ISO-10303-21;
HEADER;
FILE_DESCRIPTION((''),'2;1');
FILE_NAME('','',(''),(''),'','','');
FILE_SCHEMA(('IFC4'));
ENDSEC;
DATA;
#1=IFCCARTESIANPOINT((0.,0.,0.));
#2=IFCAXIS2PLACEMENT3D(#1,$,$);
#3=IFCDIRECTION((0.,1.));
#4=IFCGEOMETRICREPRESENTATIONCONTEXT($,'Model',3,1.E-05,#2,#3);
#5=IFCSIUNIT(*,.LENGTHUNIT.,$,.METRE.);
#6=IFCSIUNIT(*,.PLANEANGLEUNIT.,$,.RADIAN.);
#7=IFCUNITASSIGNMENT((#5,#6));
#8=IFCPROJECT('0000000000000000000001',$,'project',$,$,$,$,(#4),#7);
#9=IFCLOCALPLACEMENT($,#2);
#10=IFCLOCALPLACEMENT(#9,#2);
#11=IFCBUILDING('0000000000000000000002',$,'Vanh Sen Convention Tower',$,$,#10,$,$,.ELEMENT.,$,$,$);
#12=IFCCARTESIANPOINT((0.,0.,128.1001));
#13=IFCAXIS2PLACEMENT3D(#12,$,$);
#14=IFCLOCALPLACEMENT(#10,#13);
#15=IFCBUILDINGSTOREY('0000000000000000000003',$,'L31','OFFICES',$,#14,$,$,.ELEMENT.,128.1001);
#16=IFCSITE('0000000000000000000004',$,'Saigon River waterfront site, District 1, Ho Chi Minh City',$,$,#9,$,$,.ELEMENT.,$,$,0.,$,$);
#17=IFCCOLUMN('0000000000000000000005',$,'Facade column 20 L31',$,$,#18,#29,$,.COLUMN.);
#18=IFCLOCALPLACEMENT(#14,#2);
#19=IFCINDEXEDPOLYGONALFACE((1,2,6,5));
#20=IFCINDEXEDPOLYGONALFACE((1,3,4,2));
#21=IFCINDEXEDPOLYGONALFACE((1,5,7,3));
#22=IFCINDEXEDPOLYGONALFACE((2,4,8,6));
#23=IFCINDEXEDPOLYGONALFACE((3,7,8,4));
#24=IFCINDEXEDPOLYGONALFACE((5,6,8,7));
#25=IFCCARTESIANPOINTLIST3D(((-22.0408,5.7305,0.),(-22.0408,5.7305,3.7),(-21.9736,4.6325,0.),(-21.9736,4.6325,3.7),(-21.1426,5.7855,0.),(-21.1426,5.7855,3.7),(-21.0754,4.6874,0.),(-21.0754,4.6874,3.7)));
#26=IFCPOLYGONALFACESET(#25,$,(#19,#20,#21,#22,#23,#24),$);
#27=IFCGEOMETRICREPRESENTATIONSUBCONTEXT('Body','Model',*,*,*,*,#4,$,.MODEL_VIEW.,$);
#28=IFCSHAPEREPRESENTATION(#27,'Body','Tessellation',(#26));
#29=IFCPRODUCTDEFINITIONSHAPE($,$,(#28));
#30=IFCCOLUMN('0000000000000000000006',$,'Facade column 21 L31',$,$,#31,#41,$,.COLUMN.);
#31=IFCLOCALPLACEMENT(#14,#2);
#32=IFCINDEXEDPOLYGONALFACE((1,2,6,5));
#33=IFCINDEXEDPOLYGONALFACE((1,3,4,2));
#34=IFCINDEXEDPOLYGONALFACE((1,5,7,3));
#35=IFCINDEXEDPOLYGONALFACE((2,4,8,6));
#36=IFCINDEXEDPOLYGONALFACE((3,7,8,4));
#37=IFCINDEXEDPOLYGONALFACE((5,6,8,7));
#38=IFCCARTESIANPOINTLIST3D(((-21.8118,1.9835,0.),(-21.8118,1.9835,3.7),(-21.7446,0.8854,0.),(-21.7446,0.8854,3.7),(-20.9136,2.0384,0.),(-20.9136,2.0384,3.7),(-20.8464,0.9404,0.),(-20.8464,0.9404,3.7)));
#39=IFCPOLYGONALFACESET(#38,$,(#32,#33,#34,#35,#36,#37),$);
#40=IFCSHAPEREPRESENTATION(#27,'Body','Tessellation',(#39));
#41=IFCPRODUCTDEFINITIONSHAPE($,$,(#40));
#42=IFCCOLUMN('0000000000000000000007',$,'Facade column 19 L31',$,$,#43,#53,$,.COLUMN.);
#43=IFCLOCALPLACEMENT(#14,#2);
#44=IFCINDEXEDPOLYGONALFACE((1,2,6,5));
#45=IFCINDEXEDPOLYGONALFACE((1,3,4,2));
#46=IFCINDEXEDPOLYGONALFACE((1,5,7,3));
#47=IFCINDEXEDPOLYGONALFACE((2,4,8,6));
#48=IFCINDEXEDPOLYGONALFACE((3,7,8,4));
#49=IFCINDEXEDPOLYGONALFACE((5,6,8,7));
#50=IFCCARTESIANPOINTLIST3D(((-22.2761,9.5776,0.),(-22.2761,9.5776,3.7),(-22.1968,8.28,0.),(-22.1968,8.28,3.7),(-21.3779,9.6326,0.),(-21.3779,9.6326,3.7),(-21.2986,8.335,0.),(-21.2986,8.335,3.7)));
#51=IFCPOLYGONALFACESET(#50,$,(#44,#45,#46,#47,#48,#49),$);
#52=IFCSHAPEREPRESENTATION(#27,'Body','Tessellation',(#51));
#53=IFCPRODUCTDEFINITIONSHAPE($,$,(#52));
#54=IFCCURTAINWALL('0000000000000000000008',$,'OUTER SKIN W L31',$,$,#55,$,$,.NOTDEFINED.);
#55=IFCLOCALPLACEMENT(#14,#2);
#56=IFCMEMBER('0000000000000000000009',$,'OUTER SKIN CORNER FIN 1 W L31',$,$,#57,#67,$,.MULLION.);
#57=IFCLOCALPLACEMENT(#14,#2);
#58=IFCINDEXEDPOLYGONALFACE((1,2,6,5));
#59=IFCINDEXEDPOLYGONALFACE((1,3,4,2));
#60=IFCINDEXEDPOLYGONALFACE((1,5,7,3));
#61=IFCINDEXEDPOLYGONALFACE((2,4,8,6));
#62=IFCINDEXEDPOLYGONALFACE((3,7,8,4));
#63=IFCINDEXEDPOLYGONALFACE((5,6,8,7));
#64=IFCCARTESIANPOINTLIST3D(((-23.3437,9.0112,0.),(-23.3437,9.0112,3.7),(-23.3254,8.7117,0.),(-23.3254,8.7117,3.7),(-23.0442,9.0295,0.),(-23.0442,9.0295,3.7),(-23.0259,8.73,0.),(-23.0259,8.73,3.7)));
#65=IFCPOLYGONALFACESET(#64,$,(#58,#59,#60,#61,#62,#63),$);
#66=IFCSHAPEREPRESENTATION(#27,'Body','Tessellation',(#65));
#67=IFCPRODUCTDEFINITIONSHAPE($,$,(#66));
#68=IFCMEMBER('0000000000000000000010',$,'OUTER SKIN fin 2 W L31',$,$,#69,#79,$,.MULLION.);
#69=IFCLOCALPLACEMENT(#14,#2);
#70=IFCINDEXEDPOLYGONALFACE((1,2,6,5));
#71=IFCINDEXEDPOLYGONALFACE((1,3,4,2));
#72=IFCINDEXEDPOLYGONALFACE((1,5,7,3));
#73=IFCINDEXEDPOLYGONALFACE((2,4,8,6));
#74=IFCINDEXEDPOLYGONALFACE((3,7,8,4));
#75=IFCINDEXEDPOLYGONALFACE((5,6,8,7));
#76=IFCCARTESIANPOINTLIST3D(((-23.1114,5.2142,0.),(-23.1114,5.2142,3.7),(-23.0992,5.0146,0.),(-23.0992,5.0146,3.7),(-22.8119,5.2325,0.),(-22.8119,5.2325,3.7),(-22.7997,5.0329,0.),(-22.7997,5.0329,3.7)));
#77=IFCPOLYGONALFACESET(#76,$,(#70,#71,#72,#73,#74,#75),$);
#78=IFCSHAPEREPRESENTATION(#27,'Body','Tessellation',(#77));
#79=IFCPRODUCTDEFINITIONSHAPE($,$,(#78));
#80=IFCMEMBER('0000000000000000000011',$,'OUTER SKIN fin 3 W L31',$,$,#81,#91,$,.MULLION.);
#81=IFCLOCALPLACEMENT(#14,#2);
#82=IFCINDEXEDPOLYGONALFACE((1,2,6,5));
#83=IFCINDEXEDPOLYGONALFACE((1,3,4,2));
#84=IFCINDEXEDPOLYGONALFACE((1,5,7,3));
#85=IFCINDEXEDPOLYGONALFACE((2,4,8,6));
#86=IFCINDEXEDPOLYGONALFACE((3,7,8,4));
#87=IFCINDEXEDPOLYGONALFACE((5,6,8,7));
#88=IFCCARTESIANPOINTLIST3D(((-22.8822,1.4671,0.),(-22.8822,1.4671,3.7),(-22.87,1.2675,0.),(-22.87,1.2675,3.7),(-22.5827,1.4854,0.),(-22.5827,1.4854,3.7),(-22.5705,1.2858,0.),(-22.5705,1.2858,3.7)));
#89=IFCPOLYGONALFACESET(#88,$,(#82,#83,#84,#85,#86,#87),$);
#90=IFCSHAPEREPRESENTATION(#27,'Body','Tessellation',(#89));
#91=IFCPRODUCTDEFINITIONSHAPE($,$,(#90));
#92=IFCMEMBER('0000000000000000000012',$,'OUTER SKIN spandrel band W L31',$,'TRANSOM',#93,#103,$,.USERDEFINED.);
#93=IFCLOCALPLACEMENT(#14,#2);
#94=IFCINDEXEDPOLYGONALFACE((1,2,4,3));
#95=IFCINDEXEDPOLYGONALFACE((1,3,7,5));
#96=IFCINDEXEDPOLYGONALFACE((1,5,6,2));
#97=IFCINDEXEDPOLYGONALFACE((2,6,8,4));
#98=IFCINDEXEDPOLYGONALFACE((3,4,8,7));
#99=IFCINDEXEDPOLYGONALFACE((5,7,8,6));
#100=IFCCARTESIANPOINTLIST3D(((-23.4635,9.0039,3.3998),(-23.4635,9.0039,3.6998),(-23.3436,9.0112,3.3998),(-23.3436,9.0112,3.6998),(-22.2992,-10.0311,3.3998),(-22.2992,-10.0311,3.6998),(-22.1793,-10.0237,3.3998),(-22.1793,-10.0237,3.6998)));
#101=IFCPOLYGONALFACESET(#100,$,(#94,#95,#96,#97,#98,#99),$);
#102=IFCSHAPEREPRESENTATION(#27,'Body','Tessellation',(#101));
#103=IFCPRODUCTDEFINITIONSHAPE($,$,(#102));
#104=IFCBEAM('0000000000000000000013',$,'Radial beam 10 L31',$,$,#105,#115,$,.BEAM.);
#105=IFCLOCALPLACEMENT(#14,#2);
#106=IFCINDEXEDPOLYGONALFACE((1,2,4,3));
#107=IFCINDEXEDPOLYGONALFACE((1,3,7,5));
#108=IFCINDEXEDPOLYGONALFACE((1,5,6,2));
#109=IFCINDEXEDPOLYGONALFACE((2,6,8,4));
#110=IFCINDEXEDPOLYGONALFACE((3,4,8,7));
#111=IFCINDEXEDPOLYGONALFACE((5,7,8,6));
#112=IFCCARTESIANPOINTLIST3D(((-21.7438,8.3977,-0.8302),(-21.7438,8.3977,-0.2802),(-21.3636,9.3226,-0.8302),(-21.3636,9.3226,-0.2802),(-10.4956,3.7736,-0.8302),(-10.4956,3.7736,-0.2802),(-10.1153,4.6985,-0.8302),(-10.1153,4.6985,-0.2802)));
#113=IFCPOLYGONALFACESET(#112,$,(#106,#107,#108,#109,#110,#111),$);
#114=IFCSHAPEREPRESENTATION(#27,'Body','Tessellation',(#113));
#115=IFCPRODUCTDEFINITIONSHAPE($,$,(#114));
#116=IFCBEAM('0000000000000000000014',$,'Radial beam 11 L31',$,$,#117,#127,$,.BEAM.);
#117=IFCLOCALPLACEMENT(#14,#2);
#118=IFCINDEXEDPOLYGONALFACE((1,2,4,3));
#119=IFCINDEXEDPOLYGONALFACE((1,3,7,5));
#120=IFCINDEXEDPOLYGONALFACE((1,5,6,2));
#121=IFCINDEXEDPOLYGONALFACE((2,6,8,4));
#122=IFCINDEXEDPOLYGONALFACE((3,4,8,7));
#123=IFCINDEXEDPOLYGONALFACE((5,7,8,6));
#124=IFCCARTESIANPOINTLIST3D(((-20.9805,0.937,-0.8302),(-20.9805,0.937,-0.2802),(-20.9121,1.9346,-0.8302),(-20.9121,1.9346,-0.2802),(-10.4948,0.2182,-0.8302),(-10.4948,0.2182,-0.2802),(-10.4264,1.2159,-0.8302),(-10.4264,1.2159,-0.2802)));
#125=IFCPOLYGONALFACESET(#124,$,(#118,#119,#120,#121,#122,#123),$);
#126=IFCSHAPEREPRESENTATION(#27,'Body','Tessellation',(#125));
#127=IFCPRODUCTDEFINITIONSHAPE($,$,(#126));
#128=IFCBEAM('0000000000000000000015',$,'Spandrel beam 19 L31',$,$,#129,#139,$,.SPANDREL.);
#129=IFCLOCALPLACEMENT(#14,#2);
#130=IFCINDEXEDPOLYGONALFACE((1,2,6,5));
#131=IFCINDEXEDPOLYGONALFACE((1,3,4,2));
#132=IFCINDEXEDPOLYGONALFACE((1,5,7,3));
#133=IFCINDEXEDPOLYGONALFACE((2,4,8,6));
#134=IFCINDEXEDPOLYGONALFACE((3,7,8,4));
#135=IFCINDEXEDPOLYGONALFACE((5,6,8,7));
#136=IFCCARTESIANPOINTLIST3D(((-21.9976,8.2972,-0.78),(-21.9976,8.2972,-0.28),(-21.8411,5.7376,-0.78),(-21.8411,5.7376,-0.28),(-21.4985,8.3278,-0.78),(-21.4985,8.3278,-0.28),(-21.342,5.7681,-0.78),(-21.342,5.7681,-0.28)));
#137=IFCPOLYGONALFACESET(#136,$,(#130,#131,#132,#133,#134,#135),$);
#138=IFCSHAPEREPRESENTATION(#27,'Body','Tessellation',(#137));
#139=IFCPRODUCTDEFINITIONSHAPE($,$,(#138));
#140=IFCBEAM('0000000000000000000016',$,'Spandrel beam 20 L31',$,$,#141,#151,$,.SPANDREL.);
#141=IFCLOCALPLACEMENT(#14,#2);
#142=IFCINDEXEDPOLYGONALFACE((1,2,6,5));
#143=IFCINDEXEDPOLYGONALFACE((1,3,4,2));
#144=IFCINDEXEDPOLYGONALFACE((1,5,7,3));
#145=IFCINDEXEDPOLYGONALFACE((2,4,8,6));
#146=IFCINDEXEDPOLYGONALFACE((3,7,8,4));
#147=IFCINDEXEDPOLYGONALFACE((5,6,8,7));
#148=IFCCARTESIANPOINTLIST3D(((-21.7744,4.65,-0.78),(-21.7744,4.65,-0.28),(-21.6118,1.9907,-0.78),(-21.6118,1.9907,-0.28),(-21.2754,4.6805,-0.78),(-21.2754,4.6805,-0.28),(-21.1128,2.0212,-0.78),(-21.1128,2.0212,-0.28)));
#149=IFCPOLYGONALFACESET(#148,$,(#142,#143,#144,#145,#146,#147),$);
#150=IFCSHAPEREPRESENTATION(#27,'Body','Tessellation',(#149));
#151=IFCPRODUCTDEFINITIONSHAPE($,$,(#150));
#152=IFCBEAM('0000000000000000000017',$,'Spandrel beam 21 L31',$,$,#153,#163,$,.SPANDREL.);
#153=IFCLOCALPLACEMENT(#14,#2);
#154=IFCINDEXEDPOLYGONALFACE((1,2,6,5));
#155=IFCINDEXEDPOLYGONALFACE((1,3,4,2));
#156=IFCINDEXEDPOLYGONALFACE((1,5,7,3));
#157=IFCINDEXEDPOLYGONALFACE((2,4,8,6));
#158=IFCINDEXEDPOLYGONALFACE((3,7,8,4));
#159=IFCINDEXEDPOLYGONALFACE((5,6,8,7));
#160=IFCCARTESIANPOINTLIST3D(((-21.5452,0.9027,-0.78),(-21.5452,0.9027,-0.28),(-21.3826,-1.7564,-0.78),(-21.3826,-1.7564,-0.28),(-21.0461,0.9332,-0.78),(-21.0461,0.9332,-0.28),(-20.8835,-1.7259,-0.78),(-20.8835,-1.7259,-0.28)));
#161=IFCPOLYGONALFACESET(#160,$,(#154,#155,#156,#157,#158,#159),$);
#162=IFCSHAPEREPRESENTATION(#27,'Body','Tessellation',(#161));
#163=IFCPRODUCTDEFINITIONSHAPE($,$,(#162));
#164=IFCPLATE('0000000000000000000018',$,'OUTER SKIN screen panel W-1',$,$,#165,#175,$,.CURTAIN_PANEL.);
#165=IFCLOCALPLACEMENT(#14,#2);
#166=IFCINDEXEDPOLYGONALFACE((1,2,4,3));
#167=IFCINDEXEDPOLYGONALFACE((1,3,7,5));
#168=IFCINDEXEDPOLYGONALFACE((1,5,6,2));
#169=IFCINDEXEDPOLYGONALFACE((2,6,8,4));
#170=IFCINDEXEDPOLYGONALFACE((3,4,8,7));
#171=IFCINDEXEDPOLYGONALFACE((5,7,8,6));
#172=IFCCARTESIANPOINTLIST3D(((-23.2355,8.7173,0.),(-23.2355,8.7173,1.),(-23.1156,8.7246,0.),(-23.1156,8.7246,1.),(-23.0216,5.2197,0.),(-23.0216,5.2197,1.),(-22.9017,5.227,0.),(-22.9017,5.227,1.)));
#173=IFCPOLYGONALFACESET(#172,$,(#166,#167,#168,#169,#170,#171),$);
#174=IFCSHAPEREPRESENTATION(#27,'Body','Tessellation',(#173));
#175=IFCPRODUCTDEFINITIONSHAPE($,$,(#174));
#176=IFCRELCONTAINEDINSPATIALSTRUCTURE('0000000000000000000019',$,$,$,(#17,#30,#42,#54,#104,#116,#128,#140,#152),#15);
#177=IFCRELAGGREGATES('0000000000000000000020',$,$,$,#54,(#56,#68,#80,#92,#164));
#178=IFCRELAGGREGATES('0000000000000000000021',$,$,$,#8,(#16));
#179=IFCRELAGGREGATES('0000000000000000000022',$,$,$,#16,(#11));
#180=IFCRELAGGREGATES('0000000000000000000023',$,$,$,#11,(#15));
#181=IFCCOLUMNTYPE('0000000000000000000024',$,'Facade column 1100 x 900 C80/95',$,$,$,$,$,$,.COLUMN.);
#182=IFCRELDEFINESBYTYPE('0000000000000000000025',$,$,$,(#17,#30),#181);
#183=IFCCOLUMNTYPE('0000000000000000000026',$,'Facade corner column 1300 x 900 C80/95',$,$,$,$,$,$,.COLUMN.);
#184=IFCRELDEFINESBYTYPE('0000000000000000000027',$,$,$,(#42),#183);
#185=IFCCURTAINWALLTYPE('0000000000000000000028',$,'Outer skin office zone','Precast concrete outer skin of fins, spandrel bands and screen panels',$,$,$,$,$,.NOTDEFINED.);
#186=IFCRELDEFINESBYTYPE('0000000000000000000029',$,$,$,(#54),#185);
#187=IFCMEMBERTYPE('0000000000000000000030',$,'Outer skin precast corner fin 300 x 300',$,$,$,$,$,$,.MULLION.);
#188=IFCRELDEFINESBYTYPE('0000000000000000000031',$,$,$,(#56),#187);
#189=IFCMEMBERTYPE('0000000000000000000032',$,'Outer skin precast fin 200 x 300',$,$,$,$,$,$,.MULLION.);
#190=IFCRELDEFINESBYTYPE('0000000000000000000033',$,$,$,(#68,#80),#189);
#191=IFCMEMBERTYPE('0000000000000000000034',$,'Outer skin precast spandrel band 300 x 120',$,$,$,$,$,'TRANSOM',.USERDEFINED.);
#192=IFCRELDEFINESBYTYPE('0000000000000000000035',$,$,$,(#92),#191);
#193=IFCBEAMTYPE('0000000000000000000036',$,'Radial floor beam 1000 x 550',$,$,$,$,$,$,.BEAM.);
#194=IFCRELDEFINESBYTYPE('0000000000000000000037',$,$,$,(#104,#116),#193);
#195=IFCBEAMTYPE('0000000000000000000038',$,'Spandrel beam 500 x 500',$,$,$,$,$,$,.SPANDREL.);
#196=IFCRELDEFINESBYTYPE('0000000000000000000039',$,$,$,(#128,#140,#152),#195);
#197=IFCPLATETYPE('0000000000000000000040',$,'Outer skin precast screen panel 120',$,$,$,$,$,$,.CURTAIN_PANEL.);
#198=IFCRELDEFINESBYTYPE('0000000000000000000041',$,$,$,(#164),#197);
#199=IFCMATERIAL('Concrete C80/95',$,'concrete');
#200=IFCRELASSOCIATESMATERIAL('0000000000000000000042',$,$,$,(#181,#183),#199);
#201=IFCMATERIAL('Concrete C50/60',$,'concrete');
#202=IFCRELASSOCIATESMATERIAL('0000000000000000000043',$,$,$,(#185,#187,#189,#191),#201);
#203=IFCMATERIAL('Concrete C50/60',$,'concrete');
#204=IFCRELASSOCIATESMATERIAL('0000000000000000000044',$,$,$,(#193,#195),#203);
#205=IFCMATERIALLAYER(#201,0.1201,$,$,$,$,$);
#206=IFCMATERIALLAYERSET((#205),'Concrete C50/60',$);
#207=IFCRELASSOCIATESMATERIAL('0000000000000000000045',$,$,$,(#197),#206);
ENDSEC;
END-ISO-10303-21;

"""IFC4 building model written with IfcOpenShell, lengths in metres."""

from ifc_helpers import new_model, si_unit, direction, frame, origin, origin_2d, place, context, subcontext, project, spatial, rectangle, extrude, material, layer, layer_set, material_profile, profile_set, type_object, element, aggregate, save


model = new_model("IFC4")

# Units and contexts
model_context = context("Model", 3, precision=1e-05, world=origin(), true_north=direction((0.0, 1.0)))
body_context = subcontext(model_context, "Body", "Model", "MODEL_VIEW")
ifc_project = project(units=[si_unit("LENGTHUNIT", "METRE"), si_unit("PLANEANGLEUNIT", "RADIAN")], contexts=[model_context])

# Site, building, storey
site_placement = place(None, origin())
site = spatial("IfcSite", under=ifc_project, at=site_placement, Name="Saigon River waterfront site, District 1, Ho Chi Minh City", CompositionType="ELEMENT", RefElevation=0.0)
building_placement = place(site_placement, origin())
building = spatial("IfcBuilding", under=site, at=building_placement, Name="Vanh Sen Convention Tower", CompositionType="ELEMENT")
storey_placement = place(building_placement, frame((0.0, 0.0, 128.1001)))
storey = spatial("IfcBuildingStorey", under=building, at=storey_placement, Name="L31", Description="OFFICES", CompositionType="ELEMENT", Elevation=128.1001)

# Columns
ifc_material_1 = material(Name="Concrete C80/95", Category="concrete")
ifc_material_profile_1 = material_profile(ifc_material_1, rectangle(XDim=1.1001, YDim=0.8999, at=origin_2d()), Name="RC 1100X900")
ifc_profile_set_1 = profile_set([ifc_material_profile_1], Name="Concrete C80/95")
column_type_1 = type_object("IfcColumnType", Name="Facade column 1100 x 900 C80/95", PredefinedType="COLUMN", material=ifc_profile_set_1)
for number, where, z_axis, x_axis, name in (
    (1, (-21.5581, 5.209, 0.0), (0.0, 0.0, 1.0), (0.061049, -0.998135, 0.0), "Facade column 20 L31"),
    (2, (-21.3291, 1.4619, 0.0), (0.0, 0.0, 1.0), (0.061049, -0.998135, 0.0), "Facade column 21 L31"),
):
    element("IfcColumn", number, at=place(storey_placement, frame(where, z_axis=z_axis, x_axis=x_axis)), inside=storey, type_object=column_type_1, Name=name, PredefinedType="COLUMN", context=body_context, shape_type="SweptSolid", body=[
        extrude(rectangle(XDim=1.1001, YDim=0.8999, at=origin_2d()), origin(), (0.0, 0.0, 1.0), 3.7),
    ])
ifc_material_profile_2 = material_profile(ifc_material_1, rectangle(XDim=1.3, YDim=0.8999, at=origin_2d()), Name="RC 1300X900")
ifc_profile_set_2 = profile_set([ifc_material_profile_2], Name="Concrete C80/95")
column_type_2 = type_object("IfcColumnType", Name="Facade corner column 1300 x 900 C80/95", PredefinedType="COLUMN", material=ifc_profile_set_2)
column_placement = place(storey_placement, frame((-21.7874, 8.9563, 0.0), z_axis=(0.0, 0.0, 1.0), x_axis=(0.061049, -0.998135, 0.0)))
element("IfcColumn", 3, at=column_placement, inside=storey, type_object=column_type_2, Name="Facade column 19 L31", PredefinedType="COLUMN", context=body_context, shape_type="SweptSolid", body=[
    extrude(rectangle(XDim=1.3, YDim=0.8999, at=origin_2d()), origin(), (0.0, 0.0, 1.0), 3.7),
])

# Curtain wall, members
ifc_material_2 = material(Name="Concrete C50/60", Category="concrete")
curtain_wall_type = type_object("IfcCurtainWallType", Name="Outer skin office zone", Description="Precast concrete outer skin of fins, spandrel bands and screen panels", PredefinedType="NOTDEFINED", material=ifc_material_2)
curtain_wall_placement = place(storey_placement, origin())
curtain_wall = element("IfcCurtainWall", 4, at=curtain_wall_placement, inside=storey, type_object=curtain_wall_type, Name="OUTER SKIN W L31", PredefinedType="NOTDEFINED")
ifc_material_profile_3 = material_profile(ifc_material_2, rectangle(XDim=0.3, YDim=0.3, at=origin_2d()), Name="Outer skin precast corner fin 300 x 300")
ifc_profile_set_3 = profile_set([ifc_material_profile_3], Name="Concrete C50/60")
member_type_1 = type_object("IfcMemberType", Name="Outer skin precast corner fin 300 x 300", PredefinedType="MULLION", material=ifc_profile_set_3)
member_1_placement = place(storey_placement, frame((-23.1848, 8.8706, 0.0), z_axis=(0.0, 0.0, 1.0), x_axis=(0.061049, -0.998135, 0.0)))
member_1 = element("IfcMember", 5, at=member_1_placement, type_object=member_type_1, Name="OUTER SKIN CORNER FIN 1 W L31", PredefinedType="MULLION", context=body_context, shape_type="SweptSolid", body=[
    extrude(rectangle(XDim=0.3, YDim=0.3, at=origin_2d()), origin(), (0.0, 0.0, 1.0), 3.7),
])
ifc_material_profile_4 = material_profile(ifc_material_2, rectangle(XDim=0.2, YDim=0.3, at=origin_2d()), Name="Outer skin precast fin 200 x 300")
ifc_profile_set_4 = profile_set([ifc_material_profile_4], Name="Concrete C50/60")
member_type_2 = type_object("IfcMemberType", Name="Outer skin precast fin 200 x 300", PredefinedType="MULLION", material=ifc_profile_set_4)
member_2_placement = place(storey_placement, frame((-22.9556, 5.1235, 0.0), z_axis=(0.0, 0.0, 1.0), x_axis=(0.061049, -0.998135, 0.0)))
member_2 = element("IfcMember", 6, at=member_2_placement, type_object=member_type_2, Name="OUTER SKIN fin 2 W L31", PredefinedType="MULLION", context=body_context, shape_type="SweptSolid", body=[
    extrude(rectangle(XDim=0.2, YDim=0.3, at=origin_2d()), origin(), (0.0, 0.0, 1.0), 3.7),
])
member_3_placement = place(storey_placement, frame((-22.7263, 1.3765, 0.0), z_axis=(0.0, 0.0, 1.0), x_axis=(0.061049, -0.998135, 0.0)))
member_3 = element("IfcMember", 7, at=member_3_placement, type_object=member_type_2, Name="OUTER SKIN fin 3 W L31", PredefinedType="MULLION", context=body_context, shape_type="SweptSolid", body=[
    extrude(rectangle(XDim=0.2, YDim=0.3, at=origin_2d()), origin(), (0.0, 0.0, 1.0), 3.7),
])
ifc_material_profile_5 = material_profile(ifc_material_2, rectangle(XDim=0.1201, YDim=0.3, at=origin_2d()), Name="Outer skin precast spandrel band 300 x 120")
ifc_profile_set_5 = profile_set([ifc_material_profile_5], Name="Concrete C50/60")
member_type_3 = type_object("IfcMemberType", Name="Outer skin precast spandrel band 300 x 120", ElementType="TRANSOM", PredefinedType="USERDEFINED", material=ifc_profile_set_5)
member_4_placement = place(storey_placement, frame((-23.4036, 9.0076, 3.5498), z_axis=(0.061053, -0.998135, 0.0), x_axis=(0.998135, 0.061053, 0.0)))
member_4 = element("IfcMember", 8, at=member_4_placement, type_object=member_type_3, Name="OUTER SKIN spandrel band W L31", ObjectType="TRANSOM", PredefinedType="USERDEFINED", context=body_context, shape_type="SweptSolid", body=[
    extrude(rectangle(XDim=0.1201, YDim=0.3, at=origin_2d()), origin(), (0.0, 0.0, 1.0), 19.0706),
])

# Beams
ifc_material_3 = material(Name="Concrete C50/60", Category="concrete")
ifc_material_profile_6 = material_profile(ifc_material_3, rectangle(XDim=1.0, YDim=0.55, at=origin_2d()), Name="RC 1000X550")
ifc_profile_set_6 = profile_set([ifc_material_profile_6], Name="Concrete C50/60")
beam_type_1 = type_object("IfcBeamType", Name="Radial floor beam 1000 x 550", PredefinedType="BEAM", material=ifc_profile_set_6)
beam_1_placement = place(storey_placement, frame((-21.5537, 8.8601, -0.5552), z_axis=(0.924899, -0.380214, 0.0), x_axis=(0.380214, 0.924899, 0.0)))
element("IfcBeam", 9, at=beam_1_placement, inside=storey, type_object=beam_type_1, Name="Radial beam 10 L31", PredefinedType="BEAM", context=body_context, shape_type="SweptSolid", body=[
    extrude(rectangle(XDim=1.0, YDim=0.55, at=origin_2d()), origin(), (0.0, 0.0, 1.0), 12.1616),
])
beam_2_placement = place(storey_placement, frame((-20.9463, 1.4358, -0.5552), z_axis=(0.997659, -0.068386, 0.0), x_axis=(0.068386, 0.997659, 0.0)))
element("IfcBeam", 10, at=beam_2_placement, inside=storey, type_object=beam_type_1, Name="Radial beam 11 L31", PredefinedType="BEAM", context=body_context, shape_type="SweptSolid", body=[
    extrude(rectangle(XDim=1.0, YDim=0.55, at=origin_2d()), origin(), (0.0, 0.0, 1.0), 10.5103),
])
ifc_material_profile_7 = material_profile(ifc_material_3, rectangle(XDim=0.5, YDim=0.5, at=origin_2d()), Name="RC 500X500")
ifc_profile_set_7 = profile_set([ifc_material_profile_7], Name="Concrete C50/60")
beam_type_2 = type_object("IfcBeamType", Name="Spandrel beam 500 x 500", PredefinedType="SPANDREL", material=ifc_profile_set_7)
beam_3_placement = place(storey_placement, frame((-21.748, 8.3125, -0.53), z_axis=(0.061027, -0.998136, 0.0), x_axis=(0.998136, 0.061027, 0.0)))
element("IfcBeam", 11, at=beam_3_placement, inside=storey, type_object=beam_type_2, Name="Spandrel beam 19 L31", PredefinedType="SPANDREL", context=body_context, shape_type="SweptSolid", body=[
    extrude(rectangle(XDim=0.5, YDim=0.5, at=origin_2d()), origin(), (0.0, 0.0, 1.0), 2.5645),
])
beam_4_placement = place(storey_placement, frame((-21.5249, 4.6653, -0.53), z_axis=(0.061026, -0.998136, 0.0), x_axis=(0.998136, 0.061026, 0.0)))
element("IfcBeam", 12, at=beam_4_placement, inside=storey, type_object=beam_type_2, Name="Spandrel beam 20 L31", PredefinedType="SPANDREL", context=body_context, shape_type="SweptSolid", body=[
    extrude(rectangle(XDim=0.5, YDim=0.5, at=origin_2d()), origin(), (0.0, 0.0, 1.0), 2.6643),
])
beam_5_placement = place(storey_placement, frame((-21.2957, 0.918, -0.53), z_axis=(0.061032, -0.998136, 0.0), x_axis=(0.998136, 0.061032, 0.0)))
element("IfcBeam", 13, at=beam_5_placement, inside=storey, type_object=beam_type_2, Name="Spandrel beam 21 L31", PredefinedType="SPANDREL", context=body_context, shape_type="SweptSolid", body=[
    extrude(rectangle(XDim=0.5, YDim=0.5, at=origin_2d()), origin(), (0.0, 0.0, 1.0), 2.6641),
])

# Plate
ifc_layer_1 = layer(ifc_material_2, 0.1201)
ifc_layer_set_1 = layer_set([ifc_layer_1], Name="Concrete C50/60")
plate_type = type_object("IfcPlateType", Name="Outer skin precast screen panel 120", PredefinedType="CURTAIN_PANEL", material=ifc_layer_set_1)
plate_1_placement = place(storey_placement, frame((-23.0686, 6.9722, 0.0), z_axis=(0.0, 0.0, 1.0), x_axis=(0.061054, -0.998134, 0.0)))
plate_1 = element("IfcPlate", 14, at=plate_1_placement, type_object=plate_type, Name="OUTER SKIN screen panel W-1", PredefinedType="CURTAIN_PANEL", context=body_context, shape_type="SweptSolid", body=[
    extrude(rectangle(XDim=3.5042, YDim=0.1201, at=origin_2d()), origin(), (0.0, 0.0, 1.0), 1.0),
])
aggregate(curtain_wall, [member_1, member_2, member_3, member_4, plate_1])

save(model, "model.ifc")
